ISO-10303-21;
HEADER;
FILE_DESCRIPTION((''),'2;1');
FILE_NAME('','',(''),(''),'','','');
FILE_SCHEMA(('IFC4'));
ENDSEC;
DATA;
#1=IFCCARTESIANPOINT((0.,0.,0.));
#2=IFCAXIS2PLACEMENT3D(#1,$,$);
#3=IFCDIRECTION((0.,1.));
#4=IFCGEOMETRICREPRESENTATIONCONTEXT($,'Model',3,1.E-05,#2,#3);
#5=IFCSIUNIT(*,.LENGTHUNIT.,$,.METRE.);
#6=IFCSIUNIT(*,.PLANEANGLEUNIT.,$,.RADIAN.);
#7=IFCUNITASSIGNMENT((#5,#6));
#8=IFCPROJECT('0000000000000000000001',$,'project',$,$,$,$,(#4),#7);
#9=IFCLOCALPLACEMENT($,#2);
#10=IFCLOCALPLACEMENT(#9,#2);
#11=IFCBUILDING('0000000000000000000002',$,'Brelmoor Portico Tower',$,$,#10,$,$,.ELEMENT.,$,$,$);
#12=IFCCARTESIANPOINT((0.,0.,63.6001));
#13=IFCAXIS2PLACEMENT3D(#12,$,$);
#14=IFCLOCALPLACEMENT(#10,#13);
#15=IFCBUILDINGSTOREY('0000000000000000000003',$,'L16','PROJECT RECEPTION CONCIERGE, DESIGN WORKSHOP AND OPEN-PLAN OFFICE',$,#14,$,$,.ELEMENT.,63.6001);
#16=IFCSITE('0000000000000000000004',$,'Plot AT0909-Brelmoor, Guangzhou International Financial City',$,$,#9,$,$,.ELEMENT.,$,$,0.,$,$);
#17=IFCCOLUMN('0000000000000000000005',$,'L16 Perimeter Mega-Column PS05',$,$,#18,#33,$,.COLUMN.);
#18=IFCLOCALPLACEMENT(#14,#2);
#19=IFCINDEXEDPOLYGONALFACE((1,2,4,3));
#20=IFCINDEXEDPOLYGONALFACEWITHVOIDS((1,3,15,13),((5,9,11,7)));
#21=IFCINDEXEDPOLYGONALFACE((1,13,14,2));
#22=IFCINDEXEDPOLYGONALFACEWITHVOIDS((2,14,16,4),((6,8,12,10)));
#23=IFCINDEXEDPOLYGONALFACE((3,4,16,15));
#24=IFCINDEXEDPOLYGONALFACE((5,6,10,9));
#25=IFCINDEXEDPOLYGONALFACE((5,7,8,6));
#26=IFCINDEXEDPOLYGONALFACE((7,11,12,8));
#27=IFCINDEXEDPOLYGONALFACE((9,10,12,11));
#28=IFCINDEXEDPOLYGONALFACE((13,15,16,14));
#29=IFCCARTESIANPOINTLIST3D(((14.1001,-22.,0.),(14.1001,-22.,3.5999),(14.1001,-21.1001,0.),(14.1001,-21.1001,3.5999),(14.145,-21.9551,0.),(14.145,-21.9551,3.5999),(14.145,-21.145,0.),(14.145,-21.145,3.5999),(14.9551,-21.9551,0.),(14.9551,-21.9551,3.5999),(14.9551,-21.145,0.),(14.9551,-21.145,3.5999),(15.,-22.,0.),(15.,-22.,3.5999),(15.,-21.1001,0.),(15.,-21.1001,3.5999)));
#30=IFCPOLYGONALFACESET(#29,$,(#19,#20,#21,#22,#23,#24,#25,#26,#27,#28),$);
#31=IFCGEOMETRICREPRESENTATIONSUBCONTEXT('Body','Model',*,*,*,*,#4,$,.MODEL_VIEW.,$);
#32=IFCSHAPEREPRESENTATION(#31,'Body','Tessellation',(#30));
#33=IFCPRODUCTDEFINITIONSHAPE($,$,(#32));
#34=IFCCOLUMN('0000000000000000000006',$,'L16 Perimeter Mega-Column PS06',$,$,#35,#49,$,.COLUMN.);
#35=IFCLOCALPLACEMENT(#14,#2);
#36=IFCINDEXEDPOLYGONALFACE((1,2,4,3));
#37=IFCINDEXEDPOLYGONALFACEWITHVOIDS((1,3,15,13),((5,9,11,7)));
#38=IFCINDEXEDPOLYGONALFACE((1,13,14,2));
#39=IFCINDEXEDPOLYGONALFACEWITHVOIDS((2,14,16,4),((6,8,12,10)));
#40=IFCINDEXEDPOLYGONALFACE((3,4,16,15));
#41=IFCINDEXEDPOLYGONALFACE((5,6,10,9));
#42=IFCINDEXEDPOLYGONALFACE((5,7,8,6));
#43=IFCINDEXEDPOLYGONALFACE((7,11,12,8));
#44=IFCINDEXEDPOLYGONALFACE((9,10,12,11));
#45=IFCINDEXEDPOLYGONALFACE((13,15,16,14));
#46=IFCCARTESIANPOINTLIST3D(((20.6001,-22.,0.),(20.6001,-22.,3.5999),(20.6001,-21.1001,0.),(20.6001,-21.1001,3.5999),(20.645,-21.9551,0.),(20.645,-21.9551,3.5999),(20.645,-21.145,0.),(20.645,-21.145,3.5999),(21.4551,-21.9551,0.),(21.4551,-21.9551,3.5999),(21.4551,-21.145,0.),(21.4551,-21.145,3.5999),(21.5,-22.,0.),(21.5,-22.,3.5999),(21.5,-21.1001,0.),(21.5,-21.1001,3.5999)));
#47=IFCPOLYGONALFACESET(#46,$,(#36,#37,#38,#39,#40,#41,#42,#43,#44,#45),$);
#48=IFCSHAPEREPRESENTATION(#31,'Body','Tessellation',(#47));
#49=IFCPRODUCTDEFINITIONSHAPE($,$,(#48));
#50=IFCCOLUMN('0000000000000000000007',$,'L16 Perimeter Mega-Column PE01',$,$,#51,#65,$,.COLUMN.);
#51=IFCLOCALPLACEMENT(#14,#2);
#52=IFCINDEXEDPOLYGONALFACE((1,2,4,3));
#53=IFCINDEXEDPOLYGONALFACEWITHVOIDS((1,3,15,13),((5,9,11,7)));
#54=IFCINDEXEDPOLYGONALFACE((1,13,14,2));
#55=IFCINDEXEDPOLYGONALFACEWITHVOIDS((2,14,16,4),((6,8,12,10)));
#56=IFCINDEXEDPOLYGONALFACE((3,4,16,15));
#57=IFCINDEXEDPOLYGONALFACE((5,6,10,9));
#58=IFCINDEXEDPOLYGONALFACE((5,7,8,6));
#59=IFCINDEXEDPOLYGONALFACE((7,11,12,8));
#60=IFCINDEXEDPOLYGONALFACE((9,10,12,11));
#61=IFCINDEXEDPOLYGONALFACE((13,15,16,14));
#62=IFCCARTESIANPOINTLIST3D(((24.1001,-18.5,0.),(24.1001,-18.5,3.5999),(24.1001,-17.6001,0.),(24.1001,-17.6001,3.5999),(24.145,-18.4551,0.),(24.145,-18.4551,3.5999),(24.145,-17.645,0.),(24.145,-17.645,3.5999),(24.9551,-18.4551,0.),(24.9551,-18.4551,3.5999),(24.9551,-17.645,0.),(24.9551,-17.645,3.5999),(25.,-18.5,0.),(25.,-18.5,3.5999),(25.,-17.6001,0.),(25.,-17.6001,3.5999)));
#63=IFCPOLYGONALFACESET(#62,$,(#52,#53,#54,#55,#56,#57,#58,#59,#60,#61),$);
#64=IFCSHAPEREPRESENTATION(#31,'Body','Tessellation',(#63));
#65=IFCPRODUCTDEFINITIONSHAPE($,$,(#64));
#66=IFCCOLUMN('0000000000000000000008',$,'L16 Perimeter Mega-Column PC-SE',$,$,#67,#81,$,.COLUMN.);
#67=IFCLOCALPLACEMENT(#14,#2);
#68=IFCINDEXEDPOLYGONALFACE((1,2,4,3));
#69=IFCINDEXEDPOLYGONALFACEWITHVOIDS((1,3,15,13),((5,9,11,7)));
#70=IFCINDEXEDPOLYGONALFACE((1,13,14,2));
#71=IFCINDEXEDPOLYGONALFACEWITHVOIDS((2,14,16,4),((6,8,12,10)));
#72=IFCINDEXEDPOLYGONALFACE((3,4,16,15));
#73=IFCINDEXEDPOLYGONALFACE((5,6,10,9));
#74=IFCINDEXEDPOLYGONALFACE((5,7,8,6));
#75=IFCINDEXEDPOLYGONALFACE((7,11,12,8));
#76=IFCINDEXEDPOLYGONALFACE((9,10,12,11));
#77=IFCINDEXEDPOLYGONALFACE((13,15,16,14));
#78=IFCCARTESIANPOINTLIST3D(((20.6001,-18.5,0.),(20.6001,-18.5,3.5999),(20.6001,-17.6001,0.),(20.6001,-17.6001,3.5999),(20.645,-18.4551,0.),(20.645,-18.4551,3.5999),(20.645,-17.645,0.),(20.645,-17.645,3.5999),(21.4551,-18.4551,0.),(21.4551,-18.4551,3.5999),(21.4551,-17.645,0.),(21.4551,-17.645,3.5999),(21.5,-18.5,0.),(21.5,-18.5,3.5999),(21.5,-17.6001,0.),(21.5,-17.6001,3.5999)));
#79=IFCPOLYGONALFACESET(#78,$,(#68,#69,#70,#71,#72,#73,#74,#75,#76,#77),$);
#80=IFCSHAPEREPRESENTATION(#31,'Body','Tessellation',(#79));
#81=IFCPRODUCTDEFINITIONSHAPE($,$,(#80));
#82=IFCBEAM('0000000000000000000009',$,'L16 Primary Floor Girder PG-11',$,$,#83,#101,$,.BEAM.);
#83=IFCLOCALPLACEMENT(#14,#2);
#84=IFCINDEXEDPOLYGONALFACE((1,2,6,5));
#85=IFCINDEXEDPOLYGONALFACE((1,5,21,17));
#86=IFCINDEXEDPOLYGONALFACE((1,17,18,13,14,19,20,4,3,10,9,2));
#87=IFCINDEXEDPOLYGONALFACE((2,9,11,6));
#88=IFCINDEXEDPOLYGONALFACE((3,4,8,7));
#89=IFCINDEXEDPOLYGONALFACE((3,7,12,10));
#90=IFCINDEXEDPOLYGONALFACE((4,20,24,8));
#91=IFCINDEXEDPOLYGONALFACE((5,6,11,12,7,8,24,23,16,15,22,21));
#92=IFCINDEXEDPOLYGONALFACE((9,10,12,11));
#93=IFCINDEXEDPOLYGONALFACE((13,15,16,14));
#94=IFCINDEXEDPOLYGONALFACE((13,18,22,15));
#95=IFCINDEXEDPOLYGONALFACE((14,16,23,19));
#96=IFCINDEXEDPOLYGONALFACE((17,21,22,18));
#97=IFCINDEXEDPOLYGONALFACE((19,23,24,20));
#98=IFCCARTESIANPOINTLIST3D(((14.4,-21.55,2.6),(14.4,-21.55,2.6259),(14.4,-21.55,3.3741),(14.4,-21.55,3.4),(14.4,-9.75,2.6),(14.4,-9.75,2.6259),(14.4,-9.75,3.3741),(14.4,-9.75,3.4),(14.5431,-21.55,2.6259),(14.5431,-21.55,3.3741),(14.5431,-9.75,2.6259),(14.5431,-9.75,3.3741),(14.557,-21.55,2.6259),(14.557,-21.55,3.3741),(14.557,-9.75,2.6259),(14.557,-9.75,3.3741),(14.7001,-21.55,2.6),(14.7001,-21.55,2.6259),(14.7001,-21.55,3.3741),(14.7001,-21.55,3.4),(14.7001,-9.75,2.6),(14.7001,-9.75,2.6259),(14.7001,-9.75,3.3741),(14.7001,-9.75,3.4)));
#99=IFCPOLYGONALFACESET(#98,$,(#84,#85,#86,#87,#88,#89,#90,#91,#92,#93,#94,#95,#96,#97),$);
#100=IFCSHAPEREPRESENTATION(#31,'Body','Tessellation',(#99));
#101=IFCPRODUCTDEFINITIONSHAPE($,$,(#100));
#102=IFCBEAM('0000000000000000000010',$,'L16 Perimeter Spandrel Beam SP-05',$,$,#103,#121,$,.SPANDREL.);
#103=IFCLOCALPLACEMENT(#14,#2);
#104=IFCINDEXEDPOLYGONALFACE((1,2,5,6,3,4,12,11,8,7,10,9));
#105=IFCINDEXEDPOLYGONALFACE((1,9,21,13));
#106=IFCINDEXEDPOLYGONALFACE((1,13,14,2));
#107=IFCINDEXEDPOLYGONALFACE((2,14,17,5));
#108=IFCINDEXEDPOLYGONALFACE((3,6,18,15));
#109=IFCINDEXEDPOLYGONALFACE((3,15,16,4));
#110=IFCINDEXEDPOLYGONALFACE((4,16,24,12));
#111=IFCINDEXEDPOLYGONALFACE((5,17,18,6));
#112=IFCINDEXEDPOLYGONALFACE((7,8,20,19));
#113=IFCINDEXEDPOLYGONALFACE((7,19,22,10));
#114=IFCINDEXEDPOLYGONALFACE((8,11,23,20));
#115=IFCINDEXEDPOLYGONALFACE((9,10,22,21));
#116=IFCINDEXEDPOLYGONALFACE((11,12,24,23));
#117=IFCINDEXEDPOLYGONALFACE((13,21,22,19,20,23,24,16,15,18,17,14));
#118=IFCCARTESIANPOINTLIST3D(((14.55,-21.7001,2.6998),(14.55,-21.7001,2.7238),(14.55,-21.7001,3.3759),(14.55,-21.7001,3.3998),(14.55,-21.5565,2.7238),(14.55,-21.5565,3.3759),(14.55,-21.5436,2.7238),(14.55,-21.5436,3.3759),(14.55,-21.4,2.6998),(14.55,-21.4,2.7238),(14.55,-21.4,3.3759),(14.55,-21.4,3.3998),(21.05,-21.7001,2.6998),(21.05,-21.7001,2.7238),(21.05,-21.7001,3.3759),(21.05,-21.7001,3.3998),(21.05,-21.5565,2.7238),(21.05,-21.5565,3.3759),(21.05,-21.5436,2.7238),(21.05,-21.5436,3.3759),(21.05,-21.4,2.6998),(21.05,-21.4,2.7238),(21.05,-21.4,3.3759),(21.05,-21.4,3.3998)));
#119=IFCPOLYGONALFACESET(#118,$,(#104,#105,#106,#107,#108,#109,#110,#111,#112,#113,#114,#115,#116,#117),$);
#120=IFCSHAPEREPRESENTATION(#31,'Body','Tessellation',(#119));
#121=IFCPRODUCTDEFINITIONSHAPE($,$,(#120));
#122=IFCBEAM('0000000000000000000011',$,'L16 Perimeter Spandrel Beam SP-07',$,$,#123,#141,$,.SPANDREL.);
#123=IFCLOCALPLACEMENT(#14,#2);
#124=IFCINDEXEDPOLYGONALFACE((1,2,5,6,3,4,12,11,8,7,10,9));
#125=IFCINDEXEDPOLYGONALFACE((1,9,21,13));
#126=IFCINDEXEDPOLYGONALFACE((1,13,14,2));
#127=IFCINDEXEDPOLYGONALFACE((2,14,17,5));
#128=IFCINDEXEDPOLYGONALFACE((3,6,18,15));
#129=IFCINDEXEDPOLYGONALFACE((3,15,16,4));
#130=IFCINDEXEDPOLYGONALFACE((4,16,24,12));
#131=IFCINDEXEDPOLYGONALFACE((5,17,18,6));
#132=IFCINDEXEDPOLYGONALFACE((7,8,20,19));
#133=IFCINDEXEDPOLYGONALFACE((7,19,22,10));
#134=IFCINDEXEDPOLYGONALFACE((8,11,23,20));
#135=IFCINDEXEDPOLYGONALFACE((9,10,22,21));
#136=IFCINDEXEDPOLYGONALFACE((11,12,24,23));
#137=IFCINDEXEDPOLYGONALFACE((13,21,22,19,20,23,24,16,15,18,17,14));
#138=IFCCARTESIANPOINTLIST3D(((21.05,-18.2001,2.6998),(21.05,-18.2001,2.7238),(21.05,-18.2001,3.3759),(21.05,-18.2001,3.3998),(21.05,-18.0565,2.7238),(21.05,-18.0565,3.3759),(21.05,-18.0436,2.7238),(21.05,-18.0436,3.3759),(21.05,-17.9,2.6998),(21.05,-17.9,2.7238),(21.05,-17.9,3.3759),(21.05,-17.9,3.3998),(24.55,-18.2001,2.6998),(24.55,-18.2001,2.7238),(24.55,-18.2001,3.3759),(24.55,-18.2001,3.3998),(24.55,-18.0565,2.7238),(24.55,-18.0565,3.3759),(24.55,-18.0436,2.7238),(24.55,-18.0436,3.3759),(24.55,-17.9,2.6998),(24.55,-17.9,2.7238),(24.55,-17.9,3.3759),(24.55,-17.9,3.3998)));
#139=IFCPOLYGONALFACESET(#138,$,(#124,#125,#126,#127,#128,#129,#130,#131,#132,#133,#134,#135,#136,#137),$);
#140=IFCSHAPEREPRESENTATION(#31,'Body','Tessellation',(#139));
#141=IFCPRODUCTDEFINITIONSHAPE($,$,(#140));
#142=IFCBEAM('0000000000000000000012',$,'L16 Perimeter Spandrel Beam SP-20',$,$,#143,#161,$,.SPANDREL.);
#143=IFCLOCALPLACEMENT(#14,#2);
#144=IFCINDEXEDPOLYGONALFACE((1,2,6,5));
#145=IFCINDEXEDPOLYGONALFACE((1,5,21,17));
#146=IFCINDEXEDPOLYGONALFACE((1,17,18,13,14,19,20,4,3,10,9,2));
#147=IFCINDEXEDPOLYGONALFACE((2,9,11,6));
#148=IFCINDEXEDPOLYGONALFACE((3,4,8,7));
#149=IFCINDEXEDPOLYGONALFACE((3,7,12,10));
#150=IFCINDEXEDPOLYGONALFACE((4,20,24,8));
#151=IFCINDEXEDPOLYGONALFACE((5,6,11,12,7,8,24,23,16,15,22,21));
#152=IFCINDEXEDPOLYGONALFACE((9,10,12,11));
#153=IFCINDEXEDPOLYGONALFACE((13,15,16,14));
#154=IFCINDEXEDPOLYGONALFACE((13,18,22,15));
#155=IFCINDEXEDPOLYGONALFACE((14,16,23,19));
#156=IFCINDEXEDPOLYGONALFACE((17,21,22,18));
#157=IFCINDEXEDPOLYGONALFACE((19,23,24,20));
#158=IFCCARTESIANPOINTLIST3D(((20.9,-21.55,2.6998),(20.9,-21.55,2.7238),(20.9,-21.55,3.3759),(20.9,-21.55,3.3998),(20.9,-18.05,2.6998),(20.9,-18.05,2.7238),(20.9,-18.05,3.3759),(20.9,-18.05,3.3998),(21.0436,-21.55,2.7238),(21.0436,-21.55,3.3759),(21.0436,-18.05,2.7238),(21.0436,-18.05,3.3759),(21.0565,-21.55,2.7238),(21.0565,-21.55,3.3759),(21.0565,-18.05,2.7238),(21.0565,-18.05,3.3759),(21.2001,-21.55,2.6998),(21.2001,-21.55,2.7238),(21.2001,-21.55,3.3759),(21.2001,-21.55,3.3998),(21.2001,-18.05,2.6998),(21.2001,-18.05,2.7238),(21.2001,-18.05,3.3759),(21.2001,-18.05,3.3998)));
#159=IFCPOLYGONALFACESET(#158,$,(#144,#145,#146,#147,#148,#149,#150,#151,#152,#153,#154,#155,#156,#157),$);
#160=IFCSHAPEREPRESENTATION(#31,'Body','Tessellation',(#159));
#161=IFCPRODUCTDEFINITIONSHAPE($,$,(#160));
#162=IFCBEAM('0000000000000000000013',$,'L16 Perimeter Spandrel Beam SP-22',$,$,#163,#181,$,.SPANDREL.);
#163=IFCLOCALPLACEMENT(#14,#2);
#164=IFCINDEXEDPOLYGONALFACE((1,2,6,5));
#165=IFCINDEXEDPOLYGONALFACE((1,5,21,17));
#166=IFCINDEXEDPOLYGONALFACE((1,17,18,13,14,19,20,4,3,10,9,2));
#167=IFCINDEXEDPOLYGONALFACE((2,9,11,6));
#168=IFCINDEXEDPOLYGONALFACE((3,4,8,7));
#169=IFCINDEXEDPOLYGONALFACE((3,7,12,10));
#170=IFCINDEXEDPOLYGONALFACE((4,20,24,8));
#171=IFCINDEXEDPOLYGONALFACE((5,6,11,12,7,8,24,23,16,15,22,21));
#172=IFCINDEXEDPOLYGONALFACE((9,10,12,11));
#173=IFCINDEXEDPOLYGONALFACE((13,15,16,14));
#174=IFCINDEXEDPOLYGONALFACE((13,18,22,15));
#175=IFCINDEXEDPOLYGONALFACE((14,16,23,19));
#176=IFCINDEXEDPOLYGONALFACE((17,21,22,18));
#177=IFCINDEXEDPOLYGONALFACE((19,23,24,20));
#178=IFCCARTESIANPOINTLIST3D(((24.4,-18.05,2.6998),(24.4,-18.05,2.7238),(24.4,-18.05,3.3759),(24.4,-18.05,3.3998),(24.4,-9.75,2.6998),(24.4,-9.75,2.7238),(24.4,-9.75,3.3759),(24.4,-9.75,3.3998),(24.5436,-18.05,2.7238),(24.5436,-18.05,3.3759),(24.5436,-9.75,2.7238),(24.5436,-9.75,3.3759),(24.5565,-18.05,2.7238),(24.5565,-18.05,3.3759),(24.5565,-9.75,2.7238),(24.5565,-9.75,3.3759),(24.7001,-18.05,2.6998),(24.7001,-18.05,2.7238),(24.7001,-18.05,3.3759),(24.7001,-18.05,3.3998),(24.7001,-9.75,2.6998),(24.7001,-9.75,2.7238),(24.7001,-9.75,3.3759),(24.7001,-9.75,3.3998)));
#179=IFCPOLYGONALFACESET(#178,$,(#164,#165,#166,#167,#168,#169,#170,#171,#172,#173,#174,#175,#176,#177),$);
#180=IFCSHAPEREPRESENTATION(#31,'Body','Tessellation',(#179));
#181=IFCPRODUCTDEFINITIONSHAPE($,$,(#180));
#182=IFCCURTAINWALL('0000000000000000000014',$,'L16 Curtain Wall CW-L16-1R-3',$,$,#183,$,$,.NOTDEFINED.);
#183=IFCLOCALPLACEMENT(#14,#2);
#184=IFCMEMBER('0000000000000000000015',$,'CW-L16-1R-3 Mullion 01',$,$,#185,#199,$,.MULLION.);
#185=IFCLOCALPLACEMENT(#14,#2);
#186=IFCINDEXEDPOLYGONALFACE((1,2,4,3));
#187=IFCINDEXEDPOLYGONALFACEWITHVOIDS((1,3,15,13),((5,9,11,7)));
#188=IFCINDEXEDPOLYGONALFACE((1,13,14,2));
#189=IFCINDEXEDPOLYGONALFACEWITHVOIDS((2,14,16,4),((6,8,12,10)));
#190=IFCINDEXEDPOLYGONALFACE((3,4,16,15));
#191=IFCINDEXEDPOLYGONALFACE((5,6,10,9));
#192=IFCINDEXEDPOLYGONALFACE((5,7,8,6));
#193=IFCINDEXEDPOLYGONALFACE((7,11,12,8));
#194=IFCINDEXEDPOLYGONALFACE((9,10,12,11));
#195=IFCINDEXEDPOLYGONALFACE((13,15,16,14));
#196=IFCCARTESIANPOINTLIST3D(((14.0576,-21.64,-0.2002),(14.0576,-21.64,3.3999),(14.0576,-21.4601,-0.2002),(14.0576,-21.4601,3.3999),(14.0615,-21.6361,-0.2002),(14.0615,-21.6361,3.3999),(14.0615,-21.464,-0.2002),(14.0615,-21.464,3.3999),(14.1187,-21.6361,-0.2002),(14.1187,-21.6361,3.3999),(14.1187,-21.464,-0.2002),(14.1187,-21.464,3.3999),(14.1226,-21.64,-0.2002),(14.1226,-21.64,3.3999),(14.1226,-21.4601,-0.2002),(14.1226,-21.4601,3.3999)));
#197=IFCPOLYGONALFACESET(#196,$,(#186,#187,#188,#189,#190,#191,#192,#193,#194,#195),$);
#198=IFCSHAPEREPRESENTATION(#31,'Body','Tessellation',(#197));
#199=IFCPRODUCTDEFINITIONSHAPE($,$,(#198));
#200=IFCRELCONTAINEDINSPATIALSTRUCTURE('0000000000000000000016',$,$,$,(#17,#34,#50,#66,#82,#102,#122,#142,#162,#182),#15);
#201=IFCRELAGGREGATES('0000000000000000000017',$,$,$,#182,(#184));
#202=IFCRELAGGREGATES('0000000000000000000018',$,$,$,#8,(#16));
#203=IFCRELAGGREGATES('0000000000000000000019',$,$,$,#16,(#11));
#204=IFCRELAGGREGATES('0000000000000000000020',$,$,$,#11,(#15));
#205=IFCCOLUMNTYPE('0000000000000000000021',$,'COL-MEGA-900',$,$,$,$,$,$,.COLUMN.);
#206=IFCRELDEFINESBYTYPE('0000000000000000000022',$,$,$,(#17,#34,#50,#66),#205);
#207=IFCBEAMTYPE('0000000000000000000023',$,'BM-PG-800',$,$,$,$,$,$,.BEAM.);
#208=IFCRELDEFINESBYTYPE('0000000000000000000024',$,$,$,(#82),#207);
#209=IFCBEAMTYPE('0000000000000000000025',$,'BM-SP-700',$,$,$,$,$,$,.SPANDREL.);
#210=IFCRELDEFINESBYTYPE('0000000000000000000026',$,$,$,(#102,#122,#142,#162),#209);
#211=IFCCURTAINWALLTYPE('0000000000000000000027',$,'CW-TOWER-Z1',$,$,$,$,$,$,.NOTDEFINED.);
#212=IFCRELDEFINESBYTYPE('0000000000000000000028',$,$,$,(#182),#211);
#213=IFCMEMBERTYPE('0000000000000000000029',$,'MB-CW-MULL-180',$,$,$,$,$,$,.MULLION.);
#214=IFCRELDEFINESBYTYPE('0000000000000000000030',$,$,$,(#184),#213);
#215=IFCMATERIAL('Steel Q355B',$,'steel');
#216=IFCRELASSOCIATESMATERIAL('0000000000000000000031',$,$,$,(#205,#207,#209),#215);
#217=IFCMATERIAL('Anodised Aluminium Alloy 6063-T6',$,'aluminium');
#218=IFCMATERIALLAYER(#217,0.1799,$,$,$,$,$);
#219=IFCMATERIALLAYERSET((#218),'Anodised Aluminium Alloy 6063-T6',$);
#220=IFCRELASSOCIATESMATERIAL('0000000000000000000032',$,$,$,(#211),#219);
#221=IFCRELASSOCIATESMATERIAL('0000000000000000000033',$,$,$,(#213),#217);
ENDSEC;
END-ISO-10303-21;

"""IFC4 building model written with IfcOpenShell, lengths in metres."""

from ifc_helpers import new_model, si_unit, direction, frame, origin, origin_2d, place, context, subcontext, project, spatial, hollow_rectangle, i_section, extrude, material, layer, layer_set, material_profile, profile_set, type_object, element, aggregate, save


model = new_model("IFC4")

# Units and contexts
model_context = context("Model", 3, precision=1e-05, world=origin(), true_north=direction((0.0, 1.0)))
body_context = subcontext(model_context, "Body", "Model", "MODEL_VIEW")
ifc_project = project(units=[si_unit("LENGTHUNIT", "METRE"), si_unit("PLANEANGLEUNIT", "RADIAN")], contexts=[model_context])

# Site, building, storey
site_placement = place(None, origin())
site = spatial("IfcSite", under=ifc_project, at=site_placement, Name="Plot AT0909-Brelmoor, Guangzhou International Financial City", CompositionType="ELEMENT", RefElevation=0.0)
building_placement = place(site_placement, origin())
building = spatial("IfcBuilding", under=site, at=building_placement, Name="Brelmoor Portico Tower", CompositionType="ELEMENT")
storey_placement = place(building_placement, frame((0.0, 0.0, 63.6001)))
storey = spatial("IfcBuildingStorey", under=building, at=storey_placement, Name="L16", Description="PROJECT RECEPTION CONCIERGE, DESIGN WORKSHOP AND OPEN-PLAN OFFICE", CompositionType="ELEMENT", Elevation=63.6001)

# Columns
ifc_material_1 = material(Name="Steel Q355B", Category="steel")
ifc_material_profile_1 = material_profile(ifc_material_1, hollow_rectangle(XDim=0.8999, YDim=0.8999, WallThickness=0.0449, at=origin_2d()), Name="BOX 900x900x45")
ifc_profile_set_1 = profile_set([ifc_material_profile_1], Name="Steel Q355B")
column_type = type_object("IfcColumnType", Name="COL-MEGA-900", PredefinedType="COLUMN", material=ifc_profile_set_1)
for number, where, z_axis, x_axis, name in (
    (1, (14.55, -21.55, 0.0), (0.0, 0.0, 1.0), (1.0, 0.0, 0.0), "L16 Perimeter Mega-Column PS05"),
    (2, (21.05, -21.55, 0.0), (0.0, 0.0, 1.0), (1.0, 0.0, 0.0), "L16 Perimeter Mega-Column PS06"),
    (3, (24.55, -18.05, 0.0), (0.0, 0.0, 1.0), (0.0, 1.0, 0.0), "L16 Perimeter Mega-Column PE01"),
    (4, (21.05, -18.05, 0.0), (0.0, 0.0, 1.0), (1.0, 0.0, 0.0), "L16 Perimeter Mega-Column PC-SE"),
):
    element("IfcColumn", number, at=place(storey_placement, frame(where, z_axis=z_axis, x_axis=x_axis)), inside=storey, type_object=column_type, Name=name, PredefinedType="COLUMN", context=body_context, shape_type="SweptSolid", body=[
        extrude(hollow_rectangle(XDim=0.8999, YDim=0.8999, WallThickness=0.0449, at=origin_2d()), origin(), (0.0, 0.0, 1.0), 3.5999),
    ])

# Beams
ifc_material_profile_2 = material_profile(ifc_material_1, i_section(OverallWidth=0.3, OverallDepth=0.8, WebThickness=0.0139, FlangeThickness=0.0259, at=origin_2d()), Name="HN 800x300x14x26")
ifc_profile_set_2 = profile_set([ifc_material_profile_2], Name="Steel Q355B")
beam_type_1 = type_object("IfcBeamType", Name="BM-PG-800", PredefinedType="BEAM", material=ifc_profile_set_2)
beam_1_placement = place(storey_placement, frame((14.55, -21.55, 3.0), z_axis=(0.0, 1.0, 0.0), x_axis=(-1.0, 0.0, 0.0)))
element("IfcBeam", 5, at=beam_1_placement, inside=storey, type_object=beam_type_1, Name="L16 Primary Floor Girder PG-11", PredefinedType="BEAM", context=body_context, shape_type="SweptSolid", body=[
    extrude(i_section(OverallWidth=0.3, OverallDepth=0.8, WebThickness=0.0139, FlangeThickness=0.0259, at=origin_2d()), origin(), (0.0, 0.0, 1.0), 11.8),
])
ifc_material_profile_3 = material_profile(ifc_material_1, i_section(OverallWidth=0.3, OverallDepth=0.7, WebThickness=0.0129, FlangeThickness=0.0239, at=origin_2d()), Name="HN 700x300x13x24")
ifc_profile_set_3 = profile_set([ifc_material_profile_3], Name="Steel Q355B")
beam_type_2 = type_object("IfcBeamType", Name="BM-SP-700", PredefinedType="SPANDREL", material=ifc_profile_set_3)
beam_2_placement = place(storey_placement, frame((14.55, -21.55, 3.0498), z_axis=(1.0, 0.0, 0.0), x_axis=(0.0, 1.0, 0.0)))
element("IfcBeam", 6, at=beam_2_placement, inside=storey, type_object=beam_type_2, Name="L16 Perimeter Spandrel Beam SP-05", PredefinedType="SPANDREL", context=body_context, shape_type="SweptSolid", body=[
    extrude(i_section(OverallWidth=0.3, OverallDepth=0.7, WebThickness=0.0129, FlangeThickness=0.0239, at=origin_2d()), origin(), (0.0, 0.0, 1.0), 6.5),
])
for number, where, z_axis, x_axis, name in (
    (7, (21.05, -18.05, 3.0498), (1.0, 0.0, 0.0), (0.0, 1.0, 0.0), "L16 Perimeter Spandrel Beam SP-07"),
    (8, (21.05, -21.55, 3.0498), (0.0, 1.0, 0.0), (-1.0, 0.0, 0.0), "L16 Perimeter Spandrel Beam SP-20"),
):
    element("IfcBeam", number, at=place(storey_placement, frame(where, z_axis=z_axis, x_axis=x_axis)), inside=storey, type_object=beam_type_2, Name=name, PredefinedType="SPANDREL", context=body_context, shape_type="SweptSolid", body=[
        extrude(i_section(OverallWidth=0.3, OverallDepth=0.7, WebThickness=0.0129, FlangeThickness=0.0239, at=origin_2d()), origin(), (0.0, 0.0, 1.0), 3.5),
    ])
beam_3_placement = place(storey_placement, frame((24.55, -18.05, 3.0498), z_axis=(0.0, 1.0, 0.0), x_axis=(-1.0, 0.0, 0.0)))
element("IfcBeam", 9, at=beam_3_placement, inside=storey, type_object=beam_type_2, Name="L16 Perimeter Spandrel Beam SP-22", PredefinedType="SPANDREL", context=body_context, shape_type="SweptSolid", body=[
    extrude(i_section(OverallWidth=0.3, OverallDepth=0.7, WebThickness=0.0129, FlangeThickness=0.0239, at=origin_2d()), origin(), (0.0, 0.0, 1.0), 8.3),
])

# Curtain wall, member
ifc_material_2 = material(Name="Anodised Aluminium Alloy 6063-T6", Category="aluminium")
ifc_layer_1 = layer(ifc_material_2, 0.1799)
ifc_layer_set_1 = layer_set([ifc_layer_1], Name="Anodised Aluminium Alloy 6063-T6")
curtain_wall_type_1 = type_object("IfcCurtainWallType", Name="CW-TOWER-Z1", PredefinedType="NOTDEFINED", material=ifc_layer_set_1)
curtain_wall_1_placement = place(storey_placement, origin())
curtain_wall_1 = element("IfcCurtainWall", 10, at=curtain_wall_1_placement, inside=storey, type_object=curtain_wall_type_1, Name="L16 Curtain Wall CW-L16-1R-3", PredefinedType="NOTDEFINED")
ifc_material_profile_4 = material_profile(ifc_material_2, hollow_rectangle(XDim=0.0649, YDim=0.1799, WallThickness=0.0039, at=origin_2d()), Name="ALU MULLION 65x180")
ifc_profile_set_4 = profile_set([ifc_material_profile_4], Name="Anodised Aluminium Alloy 6063-T6")
member_type_1 = type_object("IfcMemberType", Name="MB-CW-MULL-180", PredefinedType="MULLION", material=ifc_profile_set_4)
member_1_placement = place(storey_placement, frame((14.0901, -21.55, -0.2002), z_axis=(0.0, 0.0, 1.0), x_axis=(1.0, 0.0, 0.0)))
member_1 = element("IfcMember", 11, at=member_1_placement, type_object=member_type_1, Name="CW-L16-1R-3 Mullion 01", PredefinedType="MULLION", context=body_context, shape_type="SweptSolid", body=[
    extrude(hollow_rectangle(XDim=0.0649, YDim=0.1799, WallThickness=0.0039, at=origin_2d()), origin(), (0.0, 0.0, 1.0), 3.6001),
])

aggregate(curtain_wall_1, [member_1])

save(model, "model.ifc")
